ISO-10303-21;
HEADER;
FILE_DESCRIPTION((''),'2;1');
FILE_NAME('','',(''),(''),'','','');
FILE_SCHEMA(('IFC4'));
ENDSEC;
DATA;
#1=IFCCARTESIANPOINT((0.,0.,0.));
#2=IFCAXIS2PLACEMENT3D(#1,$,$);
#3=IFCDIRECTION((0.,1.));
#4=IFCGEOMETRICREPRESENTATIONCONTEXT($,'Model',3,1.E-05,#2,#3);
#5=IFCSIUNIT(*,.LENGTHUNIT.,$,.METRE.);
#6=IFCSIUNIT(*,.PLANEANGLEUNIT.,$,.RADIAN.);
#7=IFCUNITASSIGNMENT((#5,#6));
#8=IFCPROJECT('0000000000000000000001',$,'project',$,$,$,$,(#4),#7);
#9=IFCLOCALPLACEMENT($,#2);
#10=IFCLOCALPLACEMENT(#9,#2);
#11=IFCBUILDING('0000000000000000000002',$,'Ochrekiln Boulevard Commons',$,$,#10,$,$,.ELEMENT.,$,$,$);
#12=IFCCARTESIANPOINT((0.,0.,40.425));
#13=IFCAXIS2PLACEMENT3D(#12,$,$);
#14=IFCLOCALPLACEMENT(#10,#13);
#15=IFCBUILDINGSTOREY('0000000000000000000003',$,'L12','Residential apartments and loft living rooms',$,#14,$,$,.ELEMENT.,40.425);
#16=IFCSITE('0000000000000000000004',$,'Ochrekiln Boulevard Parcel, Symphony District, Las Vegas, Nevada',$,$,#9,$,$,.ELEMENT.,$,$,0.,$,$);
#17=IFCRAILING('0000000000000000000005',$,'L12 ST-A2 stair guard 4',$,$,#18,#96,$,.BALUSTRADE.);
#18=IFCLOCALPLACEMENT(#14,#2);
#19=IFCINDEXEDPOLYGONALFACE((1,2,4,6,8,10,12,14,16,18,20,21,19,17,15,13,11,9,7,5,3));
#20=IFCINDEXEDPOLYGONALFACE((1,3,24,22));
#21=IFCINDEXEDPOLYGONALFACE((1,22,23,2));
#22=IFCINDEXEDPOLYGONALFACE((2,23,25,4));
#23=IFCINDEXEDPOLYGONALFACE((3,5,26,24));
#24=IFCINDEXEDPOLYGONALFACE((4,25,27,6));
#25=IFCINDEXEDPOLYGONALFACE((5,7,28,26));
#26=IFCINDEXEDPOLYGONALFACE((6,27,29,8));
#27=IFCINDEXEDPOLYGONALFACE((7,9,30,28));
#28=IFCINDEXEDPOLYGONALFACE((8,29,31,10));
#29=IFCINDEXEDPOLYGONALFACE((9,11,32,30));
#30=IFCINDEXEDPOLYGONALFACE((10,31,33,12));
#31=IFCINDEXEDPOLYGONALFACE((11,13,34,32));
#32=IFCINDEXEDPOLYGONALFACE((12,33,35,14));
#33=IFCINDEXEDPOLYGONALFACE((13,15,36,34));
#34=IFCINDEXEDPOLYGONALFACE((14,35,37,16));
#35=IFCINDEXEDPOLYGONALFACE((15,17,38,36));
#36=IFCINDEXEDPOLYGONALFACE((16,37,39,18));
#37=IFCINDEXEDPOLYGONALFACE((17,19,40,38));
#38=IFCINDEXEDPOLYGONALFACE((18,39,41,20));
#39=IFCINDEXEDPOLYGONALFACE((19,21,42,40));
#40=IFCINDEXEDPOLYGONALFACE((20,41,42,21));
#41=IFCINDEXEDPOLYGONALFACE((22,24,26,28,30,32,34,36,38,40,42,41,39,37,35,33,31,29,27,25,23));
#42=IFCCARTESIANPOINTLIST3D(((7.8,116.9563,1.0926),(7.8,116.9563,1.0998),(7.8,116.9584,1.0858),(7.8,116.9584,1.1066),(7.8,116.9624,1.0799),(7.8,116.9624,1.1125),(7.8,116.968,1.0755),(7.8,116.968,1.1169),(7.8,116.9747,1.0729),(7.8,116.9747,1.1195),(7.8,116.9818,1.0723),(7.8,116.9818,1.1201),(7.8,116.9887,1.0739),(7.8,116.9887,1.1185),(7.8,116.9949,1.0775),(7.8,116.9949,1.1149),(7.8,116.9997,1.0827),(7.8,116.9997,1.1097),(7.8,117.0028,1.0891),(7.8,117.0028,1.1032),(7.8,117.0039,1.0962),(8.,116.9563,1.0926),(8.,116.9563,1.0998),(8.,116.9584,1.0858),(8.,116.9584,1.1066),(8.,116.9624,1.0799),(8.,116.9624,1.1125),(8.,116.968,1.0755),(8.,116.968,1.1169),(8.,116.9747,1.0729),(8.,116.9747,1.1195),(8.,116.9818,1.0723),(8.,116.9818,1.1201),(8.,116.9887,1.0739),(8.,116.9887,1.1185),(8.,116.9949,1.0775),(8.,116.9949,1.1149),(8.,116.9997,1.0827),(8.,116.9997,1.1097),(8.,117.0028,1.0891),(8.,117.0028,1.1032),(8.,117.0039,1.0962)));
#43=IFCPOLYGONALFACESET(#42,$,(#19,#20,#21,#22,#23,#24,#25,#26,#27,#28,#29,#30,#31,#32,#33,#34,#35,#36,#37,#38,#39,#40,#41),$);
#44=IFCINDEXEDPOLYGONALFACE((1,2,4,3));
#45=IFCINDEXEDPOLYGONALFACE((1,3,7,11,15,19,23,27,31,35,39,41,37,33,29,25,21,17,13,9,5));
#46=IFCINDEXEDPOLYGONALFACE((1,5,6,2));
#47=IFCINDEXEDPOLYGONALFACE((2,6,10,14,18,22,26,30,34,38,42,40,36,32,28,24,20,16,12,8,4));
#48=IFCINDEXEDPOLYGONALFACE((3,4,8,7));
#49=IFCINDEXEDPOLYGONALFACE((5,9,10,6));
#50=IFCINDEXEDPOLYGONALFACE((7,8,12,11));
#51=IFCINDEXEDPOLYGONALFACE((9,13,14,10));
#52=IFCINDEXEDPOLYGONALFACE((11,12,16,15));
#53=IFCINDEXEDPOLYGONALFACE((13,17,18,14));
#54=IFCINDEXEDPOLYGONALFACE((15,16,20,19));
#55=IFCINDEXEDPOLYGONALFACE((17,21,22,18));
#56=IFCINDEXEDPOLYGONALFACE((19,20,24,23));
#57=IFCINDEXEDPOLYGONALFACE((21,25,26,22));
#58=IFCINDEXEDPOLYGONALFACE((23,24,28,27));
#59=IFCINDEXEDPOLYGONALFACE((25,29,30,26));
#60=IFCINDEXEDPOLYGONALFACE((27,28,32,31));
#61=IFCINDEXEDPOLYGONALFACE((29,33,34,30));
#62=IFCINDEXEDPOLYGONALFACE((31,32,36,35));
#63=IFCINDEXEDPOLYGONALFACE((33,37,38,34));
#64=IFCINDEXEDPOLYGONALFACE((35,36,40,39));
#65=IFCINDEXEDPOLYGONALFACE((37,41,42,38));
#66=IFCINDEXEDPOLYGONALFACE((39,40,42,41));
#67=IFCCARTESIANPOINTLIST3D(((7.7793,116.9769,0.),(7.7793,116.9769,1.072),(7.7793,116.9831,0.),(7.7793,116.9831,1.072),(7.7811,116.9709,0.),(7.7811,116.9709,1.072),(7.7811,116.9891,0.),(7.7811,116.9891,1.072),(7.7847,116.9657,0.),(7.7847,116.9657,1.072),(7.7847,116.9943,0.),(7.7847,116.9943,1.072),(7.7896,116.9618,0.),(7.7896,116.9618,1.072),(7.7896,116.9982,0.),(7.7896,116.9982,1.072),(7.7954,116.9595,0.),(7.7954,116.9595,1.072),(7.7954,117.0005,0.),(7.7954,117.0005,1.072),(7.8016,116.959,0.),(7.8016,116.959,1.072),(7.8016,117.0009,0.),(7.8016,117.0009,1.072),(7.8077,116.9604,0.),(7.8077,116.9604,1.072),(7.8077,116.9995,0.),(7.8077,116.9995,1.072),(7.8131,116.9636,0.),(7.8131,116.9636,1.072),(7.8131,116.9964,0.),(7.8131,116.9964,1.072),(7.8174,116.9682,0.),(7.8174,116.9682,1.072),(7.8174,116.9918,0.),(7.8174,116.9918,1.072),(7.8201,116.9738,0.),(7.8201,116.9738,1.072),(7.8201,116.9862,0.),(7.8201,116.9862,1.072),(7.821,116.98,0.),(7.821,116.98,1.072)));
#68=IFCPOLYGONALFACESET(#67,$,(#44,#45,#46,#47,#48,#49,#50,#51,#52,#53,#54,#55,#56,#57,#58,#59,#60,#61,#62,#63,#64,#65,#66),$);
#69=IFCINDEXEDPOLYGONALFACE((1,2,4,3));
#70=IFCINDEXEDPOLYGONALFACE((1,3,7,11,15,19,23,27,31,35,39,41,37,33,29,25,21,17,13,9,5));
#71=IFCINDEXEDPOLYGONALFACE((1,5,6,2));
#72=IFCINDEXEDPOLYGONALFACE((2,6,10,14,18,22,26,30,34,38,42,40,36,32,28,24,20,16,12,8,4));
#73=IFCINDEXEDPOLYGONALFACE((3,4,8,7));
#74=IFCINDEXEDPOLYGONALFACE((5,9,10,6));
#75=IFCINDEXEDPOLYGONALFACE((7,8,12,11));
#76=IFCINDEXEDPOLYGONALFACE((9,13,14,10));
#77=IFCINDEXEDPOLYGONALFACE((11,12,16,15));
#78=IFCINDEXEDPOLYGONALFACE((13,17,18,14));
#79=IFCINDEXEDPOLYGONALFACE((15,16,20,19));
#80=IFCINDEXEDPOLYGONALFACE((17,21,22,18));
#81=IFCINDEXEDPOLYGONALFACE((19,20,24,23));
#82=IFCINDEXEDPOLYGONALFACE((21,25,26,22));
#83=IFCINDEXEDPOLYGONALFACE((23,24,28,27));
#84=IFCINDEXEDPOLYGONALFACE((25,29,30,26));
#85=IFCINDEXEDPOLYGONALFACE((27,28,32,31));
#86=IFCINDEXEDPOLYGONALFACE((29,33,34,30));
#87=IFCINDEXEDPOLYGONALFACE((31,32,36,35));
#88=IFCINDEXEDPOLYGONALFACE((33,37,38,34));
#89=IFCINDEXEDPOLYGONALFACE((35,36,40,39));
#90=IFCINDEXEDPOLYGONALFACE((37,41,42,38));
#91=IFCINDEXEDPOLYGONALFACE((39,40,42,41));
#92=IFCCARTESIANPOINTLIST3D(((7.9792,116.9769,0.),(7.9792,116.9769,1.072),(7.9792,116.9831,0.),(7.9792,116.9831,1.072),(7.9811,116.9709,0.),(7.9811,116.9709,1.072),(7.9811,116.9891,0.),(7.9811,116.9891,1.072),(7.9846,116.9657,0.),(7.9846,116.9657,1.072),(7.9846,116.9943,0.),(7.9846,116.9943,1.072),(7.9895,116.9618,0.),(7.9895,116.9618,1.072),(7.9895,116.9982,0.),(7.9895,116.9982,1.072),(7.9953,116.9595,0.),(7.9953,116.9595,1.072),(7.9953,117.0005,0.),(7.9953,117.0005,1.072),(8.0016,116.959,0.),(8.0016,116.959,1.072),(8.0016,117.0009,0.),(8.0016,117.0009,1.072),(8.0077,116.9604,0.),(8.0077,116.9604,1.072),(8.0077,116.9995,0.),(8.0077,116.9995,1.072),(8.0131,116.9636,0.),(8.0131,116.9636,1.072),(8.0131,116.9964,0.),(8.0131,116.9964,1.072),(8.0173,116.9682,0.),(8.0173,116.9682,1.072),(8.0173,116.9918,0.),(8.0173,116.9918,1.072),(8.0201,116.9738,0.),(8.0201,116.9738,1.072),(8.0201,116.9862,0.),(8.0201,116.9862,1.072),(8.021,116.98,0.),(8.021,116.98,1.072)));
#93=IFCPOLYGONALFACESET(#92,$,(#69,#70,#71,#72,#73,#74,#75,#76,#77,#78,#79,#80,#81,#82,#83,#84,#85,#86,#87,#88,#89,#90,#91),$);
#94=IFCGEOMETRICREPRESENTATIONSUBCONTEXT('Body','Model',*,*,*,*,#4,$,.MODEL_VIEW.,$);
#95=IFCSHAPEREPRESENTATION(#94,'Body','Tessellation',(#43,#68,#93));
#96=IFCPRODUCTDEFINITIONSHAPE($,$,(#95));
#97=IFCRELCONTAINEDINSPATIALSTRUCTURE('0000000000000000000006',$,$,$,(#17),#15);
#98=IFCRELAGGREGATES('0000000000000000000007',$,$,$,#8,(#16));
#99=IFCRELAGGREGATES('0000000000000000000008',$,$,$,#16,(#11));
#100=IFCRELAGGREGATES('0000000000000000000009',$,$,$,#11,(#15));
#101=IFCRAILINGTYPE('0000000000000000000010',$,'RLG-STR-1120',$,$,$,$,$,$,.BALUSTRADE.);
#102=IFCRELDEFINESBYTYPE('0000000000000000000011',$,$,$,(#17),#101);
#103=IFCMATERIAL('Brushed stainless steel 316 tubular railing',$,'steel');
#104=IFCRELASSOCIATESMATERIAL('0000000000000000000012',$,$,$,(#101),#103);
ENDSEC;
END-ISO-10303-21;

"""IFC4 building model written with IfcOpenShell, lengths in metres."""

from ifc_helpers import new_model, si_unit, direction, frame, origin, origin_2d, place, context, subcontext, project, spatial, circle, extrude, material, type_object, element, save


model = new_model("IFC4")

# Units and contexts
model_context = context("Model", 3, precision=1e-05, world=origin(), true_north=direction((0.0, 1.0)))
body_context = subcontext(model_context, "Body", "Model", "MODEL_VIEW")
ifc_project = project(units=[si_unit("LENGTHUNIT", "METRE"), si_unit("PLANEANGLEUNIT", "RADIAN")], contexts=[model_context])

# Site, building, storey
site_placement = place(None, origin())
site = spatial("IfcSite", under=ifc_project, at=site_placement, Name="Ochrekiln Boulevard Parcel, Symphony District, Las Vegas, Nevada", CompositionType="ELEMENT", RefElevation=0.0)
building_placement = place(site_placement, origin())
building = spatial("IfcBuilding", under=site, at=building_placement, Name="Ochrekiln Boulevard Commons", CompositionType="ELEMENT")
storey_placement = place(building_placement, frame((0.0, 0.0, 40.425)))
storey = spatial("IfcBuildingStorey", under=building, at=storey_placement, Name="L12", Description="Residential apartments and loft living rooms", CompositionType="ELEMENT", Elevation=40.425)

# Railing
ifc_material_1 = material(Name="Brushed stainless steel 316 tubular railing", Category="steel")
railing_type_1 = type_object("IfcRailingType", Name="RLG-STR-1120", PredefinedType="BALUSTRADE", material=ifc_material_1)
railing_1_placement = place(storey_placement, frame((7.8, 116.98, 0.0)))
element("IfcRailing", 1, at=railing_1_placement, inside=storey, type_object=railing_type_1, Name="L12 ST-A2 stair guard 4", PredefinedType="BALUSTRADE", context=body_context, shape_type="SweptSolid", body=[
    extrude(circle(Radius=0.0239, at=origin_2d()), frame((0.0, 0.0, 1.0962), z_axis=(1.0, 0.0, 0.0), x_axis=(0.0, 1.0, 0.0)), (0.0, 0.0, 1.0), 0.2),
    extrude(circle(Radius=0.021, at=origin_2d()), origin(), (0.0, 0.0, 1.0), 1.072),
    extrude(circle(Radius=0.021, at=origin_2d()), frame((0.2, 0.0, 0.0)), (0.0, 0.0, 1.0), 1.072),
])

save(model, "model.ifc")
